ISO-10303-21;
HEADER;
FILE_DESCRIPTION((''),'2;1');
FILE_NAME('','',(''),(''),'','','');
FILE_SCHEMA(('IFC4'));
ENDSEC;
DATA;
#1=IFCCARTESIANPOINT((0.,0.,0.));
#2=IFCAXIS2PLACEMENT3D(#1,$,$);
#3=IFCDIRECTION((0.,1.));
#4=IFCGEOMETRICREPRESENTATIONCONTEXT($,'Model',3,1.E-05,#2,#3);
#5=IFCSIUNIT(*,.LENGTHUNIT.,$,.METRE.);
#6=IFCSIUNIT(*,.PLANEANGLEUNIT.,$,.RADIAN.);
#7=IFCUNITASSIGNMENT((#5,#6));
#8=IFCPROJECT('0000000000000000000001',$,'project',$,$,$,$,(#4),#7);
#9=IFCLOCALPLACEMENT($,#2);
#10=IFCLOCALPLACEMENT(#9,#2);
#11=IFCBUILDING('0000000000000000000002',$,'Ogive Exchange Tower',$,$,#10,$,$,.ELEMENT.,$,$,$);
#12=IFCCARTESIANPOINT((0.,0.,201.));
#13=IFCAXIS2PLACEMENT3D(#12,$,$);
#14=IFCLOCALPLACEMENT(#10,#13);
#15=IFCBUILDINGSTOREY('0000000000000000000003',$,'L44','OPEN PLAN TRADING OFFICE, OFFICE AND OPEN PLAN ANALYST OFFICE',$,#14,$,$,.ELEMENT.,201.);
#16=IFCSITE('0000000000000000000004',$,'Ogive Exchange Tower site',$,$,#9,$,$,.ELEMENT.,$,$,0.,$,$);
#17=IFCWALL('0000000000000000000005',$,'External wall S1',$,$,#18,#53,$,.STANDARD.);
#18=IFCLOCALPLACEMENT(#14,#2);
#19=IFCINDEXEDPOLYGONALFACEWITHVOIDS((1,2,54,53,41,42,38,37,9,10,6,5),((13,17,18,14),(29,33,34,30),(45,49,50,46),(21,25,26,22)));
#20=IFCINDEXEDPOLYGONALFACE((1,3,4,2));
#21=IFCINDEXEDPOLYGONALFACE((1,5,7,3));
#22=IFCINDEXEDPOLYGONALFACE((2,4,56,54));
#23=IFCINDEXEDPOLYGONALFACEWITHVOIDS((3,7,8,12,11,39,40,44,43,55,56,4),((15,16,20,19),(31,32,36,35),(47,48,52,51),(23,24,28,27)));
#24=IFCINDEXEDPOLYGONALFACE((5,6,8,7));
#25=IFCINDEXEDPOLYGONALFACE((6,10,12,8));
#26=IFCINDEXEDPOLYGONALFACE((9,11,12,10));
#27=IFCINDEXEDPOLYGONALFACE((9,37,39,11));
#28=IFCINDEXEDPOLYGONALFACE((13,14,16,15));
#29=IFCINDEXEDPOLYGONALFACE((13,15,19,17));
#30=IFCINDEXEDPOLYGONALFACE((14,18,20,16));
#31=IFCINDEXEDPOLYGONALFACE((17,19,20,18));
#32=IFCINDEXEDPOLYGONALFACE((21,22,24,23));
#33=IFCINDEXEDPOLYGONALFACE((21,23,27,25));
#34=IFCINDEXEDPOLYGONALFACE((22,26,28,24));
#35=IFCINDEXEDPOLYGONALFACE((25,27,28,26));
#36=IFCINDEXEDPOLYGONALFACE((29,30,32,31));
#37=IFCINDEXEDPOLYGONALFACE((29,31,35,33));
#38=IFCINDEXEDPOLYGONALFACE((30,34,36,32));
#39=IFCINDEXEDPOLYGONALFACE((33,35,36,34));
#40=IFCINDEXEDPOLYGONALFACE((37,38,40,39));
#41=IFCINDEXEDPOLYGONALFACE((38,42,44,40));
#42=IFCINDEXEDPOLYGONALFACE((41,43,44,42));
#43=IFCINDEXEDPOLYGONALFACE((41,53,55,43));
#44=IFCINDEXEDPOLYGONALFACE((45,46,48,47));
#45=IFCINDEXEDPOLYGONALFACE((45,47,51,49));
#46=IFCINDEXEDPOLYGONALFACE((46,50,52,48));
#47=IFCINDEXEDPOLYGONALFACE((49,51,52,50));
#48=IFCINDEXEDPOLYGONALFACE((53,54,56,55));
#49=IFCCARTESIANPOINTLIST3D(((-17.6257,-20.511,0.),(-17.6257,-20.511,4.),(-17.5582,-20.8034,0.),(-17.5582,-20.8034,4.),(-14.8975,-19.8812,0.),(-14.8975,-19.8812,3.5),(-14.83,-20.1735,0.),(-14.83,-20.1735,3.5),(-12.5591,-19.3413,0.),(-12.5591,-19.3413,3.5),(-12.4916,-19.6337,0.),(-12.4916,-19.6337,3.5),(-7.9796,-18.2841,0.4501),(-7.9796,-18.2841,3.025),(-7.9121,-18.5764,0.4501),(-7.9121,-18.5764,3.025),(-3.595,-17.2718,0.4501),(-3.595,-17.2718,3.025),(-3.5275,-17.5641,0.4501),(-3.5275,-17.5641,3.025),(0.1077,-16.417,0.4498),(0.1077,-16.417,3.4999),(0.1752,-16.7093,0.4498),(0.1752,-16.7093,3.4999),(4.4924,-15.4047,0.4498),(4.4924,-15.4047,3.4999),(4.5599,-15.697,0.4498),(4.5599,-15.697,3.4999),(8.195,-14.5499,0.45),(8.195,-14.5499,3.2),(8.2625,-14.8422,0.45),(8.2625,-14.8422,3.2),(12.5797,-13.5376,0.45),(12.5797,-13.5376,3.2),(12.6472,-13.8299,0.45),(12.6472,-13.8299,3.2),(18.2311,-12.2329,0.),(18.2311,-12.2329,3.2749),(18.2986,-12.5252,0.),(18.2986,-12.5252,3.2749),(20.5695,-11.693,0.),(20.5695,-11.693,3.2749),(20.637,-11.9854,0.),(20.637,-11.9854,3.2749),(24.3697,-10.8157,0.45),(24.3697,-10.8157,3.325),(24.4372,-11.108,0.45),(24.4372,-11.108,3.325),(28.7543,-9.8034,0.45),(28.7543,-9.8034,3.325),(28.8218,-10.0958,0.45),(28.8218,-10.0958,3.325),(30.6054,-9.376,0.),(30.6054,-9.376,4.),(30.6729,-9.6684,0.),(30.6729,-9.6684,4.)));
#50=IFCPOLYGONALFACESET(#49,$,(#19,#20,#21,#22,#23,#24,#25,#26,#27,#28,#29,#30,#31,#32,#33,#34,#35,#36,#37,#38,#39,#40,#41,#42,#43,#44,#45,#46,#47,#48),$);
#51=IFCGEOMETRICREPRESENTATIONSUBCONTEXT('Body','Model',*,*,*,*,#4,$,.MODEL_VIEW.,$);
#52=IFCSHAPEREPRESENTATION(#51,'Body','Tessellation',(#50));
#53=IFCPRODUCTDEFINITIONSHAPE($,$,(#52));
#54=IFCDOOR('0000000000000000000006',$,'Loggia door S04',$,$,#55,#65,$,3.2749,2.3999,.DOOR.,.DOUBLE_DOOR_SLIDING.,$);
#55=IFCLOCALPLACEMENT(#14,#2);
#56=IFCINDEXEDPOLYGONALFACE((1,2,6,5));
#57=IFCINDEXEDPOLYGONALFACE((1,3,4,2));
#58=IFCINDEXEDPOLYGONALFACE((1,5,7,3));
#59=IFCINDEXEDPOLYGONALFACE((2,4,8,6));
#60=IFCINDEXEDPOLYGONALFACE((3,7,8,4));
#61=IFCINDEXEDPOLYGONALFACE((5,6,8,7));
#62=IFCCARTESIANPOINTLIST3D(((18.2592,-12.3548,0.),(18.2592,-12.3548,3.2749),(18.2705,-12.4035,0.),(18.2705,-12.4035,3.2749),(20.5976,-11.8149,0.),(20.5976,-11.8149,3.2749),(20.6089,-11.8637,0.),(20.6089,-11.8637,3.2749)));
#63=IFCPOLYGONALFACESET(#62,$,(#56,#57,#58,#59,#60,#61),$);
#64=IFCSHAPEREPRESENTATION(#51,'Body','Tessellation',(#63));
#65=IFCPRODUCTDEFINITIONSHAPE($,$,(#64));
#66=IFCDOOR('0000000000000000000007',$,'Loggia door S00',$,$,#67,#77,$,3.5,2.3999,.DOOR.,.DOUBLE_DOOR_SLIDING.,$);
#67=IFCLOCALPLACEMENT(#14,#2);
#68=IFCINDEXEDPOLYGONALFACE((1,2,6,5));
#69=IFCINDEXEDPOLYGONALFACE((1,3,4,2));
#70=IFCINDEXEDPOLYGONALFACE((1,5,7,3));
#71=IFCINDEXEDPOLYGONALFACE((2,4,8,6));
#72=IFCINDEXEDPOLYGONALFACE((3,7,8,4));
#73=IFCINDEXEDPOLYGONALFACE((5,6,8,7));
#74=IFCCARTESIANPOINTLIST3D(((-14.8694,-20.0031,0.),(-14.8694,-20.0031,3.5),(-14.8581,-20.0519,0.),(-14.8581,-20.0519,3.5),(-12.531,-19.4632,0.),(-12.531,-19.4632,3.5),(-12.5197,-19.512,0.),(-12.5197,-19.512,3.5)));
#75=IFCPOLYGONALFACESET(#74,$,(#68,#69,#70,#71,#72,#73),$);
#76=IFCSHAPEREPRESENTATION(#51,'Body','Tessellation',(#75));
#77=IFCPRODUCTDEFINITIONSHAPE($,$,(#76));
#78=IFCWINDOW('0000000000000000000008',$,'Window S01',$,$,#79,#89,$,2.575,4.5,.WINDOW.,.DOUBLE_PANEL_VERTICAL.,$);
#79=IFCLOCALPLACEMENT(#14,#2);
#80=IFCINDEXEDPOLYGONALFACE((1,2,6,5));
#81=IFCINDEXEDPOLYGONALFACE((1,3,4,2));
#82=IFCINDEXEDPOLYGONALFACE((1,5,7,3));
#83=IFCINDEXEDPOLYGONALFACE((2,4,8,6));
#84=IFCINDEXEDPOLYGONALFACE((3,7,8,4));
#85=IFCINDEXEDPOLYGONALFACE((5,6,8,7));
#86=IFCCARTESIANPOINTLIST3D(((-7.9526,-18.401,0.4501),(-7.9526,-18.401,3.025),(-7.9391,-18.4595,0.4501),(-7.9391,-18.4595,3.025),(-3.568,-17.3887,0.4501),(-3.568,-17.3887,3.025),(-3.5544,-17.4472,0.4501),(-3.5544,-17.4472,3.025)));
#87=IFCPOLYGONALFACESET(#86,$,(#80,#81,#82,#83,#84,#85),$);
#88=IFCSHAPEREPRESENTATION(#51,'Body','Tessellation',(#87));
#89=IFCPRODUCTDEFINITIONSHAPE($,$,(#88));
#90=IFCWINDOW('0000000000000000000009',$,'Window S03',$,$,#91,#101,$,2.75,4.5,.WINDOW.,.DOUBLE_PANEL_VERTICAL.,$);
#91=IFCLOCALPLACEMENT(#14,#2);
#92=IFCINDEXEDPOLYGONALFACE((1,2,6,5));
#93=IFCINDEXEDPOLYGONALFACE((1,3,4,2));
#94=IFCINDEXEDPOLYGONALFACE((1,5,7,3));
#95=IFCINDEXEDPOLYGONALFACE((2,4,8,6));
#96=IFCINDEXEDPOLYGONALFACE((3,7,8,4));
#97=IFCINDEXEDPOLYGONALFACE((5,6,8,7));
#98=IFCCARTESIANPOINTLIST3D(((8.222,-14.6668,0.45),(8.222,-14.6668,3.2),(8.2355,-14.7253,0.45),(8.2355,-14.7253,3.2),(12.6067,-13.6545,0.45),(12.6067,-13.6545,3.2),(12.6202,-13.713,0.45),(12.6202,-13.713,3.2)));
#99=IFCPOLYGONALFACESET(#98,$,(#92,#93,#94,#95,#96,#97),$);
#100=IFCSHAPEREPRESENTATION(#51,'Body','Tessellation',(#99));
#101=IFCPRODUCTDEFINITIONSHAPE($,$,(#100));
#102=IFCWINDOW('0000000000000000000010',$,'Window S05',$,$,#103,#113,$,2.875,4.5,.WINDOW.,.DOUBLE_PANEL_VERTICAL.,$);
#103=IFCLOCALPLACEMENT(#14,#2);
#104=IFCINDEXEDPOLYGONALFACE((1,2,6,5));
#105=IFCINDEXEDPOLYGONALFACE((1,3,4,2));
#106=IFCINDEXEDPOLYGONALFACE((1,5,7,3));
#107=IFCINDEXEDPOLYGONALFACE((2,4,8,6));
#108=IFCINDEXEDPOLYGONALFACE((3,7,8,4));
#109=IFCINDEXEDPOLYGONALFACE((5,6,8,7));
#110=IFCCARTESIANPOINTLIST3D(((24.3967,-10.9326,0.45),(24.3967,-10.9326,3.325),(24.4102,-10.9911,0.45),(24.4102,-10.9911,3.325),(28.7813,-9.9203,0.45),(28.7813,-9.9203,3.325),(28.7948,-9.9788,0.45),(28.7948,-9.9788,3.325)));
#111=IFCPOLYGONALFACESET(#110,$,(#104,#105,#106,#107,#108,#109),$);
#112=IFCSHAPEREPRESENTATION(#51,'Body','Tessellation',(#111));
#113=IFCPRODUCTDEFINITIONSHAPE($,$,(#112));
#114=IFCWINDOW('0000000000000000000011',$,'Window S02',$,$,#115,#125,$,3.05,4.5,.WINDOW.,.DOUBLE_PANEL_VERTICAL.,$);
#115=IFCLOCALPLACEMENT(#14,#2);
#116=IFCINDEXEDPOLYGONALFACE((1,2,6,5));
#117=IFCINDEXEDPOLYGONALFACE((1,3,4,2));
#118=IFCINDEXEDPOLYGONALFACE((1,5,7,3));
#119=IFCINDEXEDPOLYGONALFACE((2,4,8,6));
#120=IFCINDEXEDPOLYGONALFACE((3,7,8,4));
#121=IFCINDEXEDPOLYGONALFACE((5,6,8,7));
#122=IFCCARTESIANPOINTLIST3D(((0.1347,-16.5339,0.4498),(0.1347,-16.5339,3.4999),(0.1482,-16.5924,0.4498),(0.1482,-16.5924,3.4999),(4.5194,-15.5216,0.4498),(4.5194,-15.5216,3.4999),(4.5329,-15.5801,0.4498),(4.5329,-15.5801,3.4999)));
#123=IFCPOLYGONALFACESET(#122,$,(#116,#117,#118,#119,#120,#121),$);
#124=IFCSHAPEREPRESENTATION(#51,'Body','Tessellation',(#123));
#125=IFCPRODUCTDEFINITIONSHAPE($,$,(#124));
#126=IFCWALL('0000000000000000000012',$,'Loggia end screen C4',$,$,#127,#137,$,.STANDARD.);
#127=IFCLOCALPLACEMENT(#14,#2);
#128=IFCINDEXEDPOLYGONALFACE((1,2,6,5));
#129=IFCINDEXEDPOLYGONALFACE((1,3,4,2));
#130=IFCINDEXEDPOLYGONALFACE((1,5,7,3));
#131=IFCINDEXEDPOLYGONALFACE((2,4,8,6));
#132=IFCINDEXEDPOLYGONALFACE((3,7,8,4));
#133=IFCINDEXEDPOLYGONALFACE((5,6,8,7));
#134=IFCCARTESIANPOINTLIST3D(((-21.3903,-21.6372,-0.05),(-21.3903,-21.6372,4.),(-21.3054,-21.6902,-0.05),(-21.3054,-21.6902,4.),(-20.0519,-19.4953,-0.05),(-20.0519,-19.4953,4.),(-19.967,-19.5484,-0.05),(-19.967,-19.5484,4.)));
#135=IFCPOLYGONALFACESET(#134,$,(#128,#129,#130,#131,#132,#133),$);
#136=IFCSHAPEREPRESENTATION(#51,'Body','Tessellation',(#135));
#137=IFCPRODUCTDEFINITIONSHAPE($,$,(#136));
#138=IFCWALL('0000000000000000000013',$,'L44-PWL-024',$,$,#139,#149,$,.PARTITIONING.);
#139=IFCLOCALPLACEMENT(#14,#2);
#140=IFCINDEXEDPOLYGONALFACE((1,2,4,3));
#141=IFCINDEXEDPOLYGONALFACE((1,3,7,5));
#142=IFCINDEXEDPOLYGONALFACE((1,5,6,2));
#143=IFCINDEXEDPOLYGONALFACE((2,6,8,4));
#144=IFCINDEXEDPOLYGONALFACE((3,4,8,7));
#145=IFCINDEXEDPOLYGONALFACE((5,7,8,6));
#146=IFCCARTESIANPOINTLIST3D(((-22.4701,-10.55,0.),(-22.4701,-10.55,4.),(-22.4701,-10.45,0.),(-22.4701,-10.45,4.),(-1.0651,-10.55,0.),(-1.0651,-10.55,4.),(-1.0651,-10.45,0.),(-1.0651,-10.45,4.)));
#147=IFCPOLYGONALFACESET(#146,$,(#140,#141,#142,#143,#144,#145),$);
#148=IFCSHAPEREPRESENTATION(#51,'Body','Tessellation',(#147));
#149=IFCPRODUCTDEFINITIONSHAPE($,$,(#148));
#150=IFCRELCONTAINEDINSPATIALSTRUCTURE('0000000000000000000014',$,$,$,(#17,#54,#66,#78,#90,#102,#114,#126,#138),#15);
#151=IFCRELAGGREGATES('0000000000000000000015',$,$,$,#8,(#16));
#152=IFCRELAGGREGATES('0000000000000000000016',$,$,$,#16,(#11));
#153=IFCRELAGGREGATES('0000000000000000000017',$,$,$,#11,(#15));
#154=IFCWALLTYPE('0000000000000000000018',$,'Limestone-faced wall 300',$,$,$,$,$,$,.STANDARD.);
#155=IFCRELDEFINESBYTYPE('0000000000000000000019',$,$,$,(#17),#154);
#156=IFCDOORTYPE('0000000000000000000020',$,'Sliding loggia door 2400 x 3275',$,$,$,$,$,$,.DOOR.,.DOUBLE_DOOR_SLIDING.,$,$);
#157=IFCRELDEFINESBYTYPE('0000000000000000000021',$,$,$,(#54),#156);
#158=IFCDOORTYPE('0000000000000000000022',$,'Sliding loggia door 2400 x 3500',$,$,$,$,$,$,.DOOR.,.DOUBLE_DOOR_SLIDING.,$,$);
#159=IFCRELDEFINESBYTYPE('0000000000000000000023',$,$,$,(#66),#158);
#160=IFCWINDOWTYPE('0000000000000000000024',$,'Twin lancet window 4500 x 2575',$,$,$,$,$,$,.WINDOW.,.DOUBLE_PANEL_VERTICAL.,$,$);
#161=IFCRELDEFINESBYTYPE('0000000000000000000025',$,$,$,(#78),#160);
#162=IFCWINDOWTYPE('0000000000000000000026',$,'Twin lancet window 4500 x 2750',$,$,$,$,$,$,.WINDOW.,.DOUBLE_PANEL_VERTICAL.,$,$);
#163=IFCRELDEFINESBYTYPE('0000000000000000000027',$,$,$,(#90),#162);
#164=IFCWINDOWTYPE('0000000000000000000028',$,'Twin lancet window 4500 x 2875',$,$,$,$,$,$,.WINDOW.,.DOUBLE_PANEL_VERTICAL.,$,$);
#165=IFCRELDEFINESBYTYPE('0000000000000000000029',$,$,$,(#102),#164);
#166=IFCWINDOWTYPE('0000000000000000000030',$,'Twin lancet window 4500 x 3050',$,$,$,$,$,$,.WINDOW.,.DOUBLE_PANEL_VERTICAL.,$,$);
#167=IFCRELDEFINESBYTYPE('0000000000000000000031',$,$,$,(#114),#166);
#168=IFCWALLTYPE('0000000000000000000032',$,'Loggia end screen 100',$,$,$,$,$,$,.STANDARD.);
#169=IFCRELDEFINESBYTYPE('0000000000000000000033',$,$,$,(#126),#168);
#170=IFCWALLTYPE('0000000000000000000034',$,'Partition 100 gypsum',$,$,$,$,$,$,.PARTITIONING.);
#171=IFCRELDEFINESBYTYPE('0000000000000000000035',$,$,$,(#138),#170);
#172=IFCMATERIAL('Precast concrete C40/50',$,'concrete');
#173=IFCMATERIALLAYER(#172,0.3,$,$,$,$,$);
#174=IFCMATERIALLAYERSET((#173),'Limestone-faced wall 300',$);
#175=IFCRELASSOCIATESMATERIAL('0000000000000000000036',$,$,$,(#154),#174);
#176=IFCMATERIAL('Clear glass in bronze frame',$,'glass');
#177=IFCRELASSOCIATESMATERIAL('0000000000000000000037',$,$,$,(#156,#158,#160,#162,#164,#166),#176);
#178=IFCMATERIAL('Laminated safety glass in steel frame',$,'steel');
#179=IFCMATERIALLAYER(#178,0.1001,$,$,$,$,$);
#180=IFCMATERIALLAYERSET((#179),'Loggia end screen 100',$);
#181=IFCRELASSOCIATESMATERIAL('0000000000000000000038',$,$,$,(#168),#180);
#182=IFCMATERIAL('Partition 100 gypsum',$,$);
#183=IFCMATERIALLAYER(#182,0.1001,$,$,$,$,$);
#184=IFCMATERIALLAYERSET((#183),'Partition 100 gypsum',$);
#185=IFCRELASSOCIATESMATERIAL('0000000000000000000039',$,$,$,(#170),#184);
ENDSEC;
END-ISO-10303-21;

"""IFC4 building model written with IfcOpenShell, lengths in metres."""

from ifc_helpers import new_model, si_unit, direction, frame, frame_2d, origin, place, context, subcontext, project, spatial, rectangle, extrude, material, layer, layer_set, type_object, element, fill, save


model = new_model("IFC4")

# Units and contexts
model_context = context("Model", 3, precision=1e-05, world=origin(), true_north=direction((0.0, 1.0)))
body_context = subcontext(model_context, "Body", "Model", "MODEL_VIEW")
ifc_project = project(units=[si_unit("LENGTHUNIT", "METRE"), si_unit("PLANEANGLEUNIT", "RADIAN")], contexts=[model_context])

# Site, building, storey
site_placement = place(None, origin())
site = spatial("IfcSite", under=ifc_project, at=site_placement, Name="Ogive Exchange Tower site", CompositionType="ELEMENT", RefElevation=0.0)
building_placement = place(site_placement, origin())
building = spatial("IfcBuilding", under=site, at=building_placement, Name="Ogive Exchange Tower", CompositionType="ELEMENT")
storey_placement = place(building_placement, frame((0.0, 0.0, 201.0)))
storey = spatial("IfcBuildingStorey", under=building, at=storey_placement, Name="L44", Description="OPEN PLAN TRADING OFFICE, OFFICE AND OPEN PLAN ANALYST OFFICE", CompositionType="ELEMENT", Elevation=201.0)

# Wall, openings, doors, windows
ifc_material_1 = material(Name="Precast concrete C40/50", Category="concrete")
ifc_layer_1 = layer(ifc_material_1, 0.3)
ifc_layer_set_1 = layer_set([ifc_layer_1], Name="Limestone-faced wall 300")
wall_type_1 = type_object("IfcWallType", Name="Limestone-faced wall 300", PredefinedType="STANDARD", material=ifc_layer_set_1)
wall_1_placement = place(storey_placement, frame((-17.592, -20.6572, 0.0), z_axis=(0.0, 0.0, 1.0), x_axis=(0.97437, 0.22495, 0.0)))
wall_1 = element("IfcWall", 1, at=wall_1_placement, inside=storey, type_object=wall_type_1, Name="External wall S1", PredefinedType="STANDARD", context=body_context, shape_type="SweptSolid", body=[
    extrude(rectangle(XDim=49.4998, YDim=0.3, at=frame_2d((24.75, 0.0))), origin(), (0.0, 0.0, 1.0), 4.0),
])
opening_1_placement = place(wall_1_placement, frame((2.8, 0.0, 0.0)))
opening_1 = element("IfcOpeningElement", 2, at=opening_1_placement, cuts=wall_1, PredefinedType="OPENING", context=body_context, shape_type="SweptSolid", body=[
    extrude(rectangle(XDim=2.3999, YDim=3.5, at=frame_2d((1.2, 1.75))), frame((0.0, 0.1599, 0.0), z_axis=(0.0, -1.0, 0.0), x_axis=(1.0, 0.0, 0.0)), (0.0, 0.0, 1.0), 0.3201),
])
opening_2_placement = place(wall_1_placement, frame((9.8999, 0.0, 0.45)))
opening_2 = element("IfcOpeningElement", 3, at=opening_2_placement, cuts=wall_1, PredefinedType="OPENING", context=body_context, shape_type="SweptSolid", body=[
    extrude(rectangle(XDim=4.5, YDim=2.575, at=frame_2d((2.25, 1.2876))), frame((0.0, 0.1599, 0.0), z_axis=(0.0, -1.0, 0.0), x_axis=(1.0, 0.0, 0.0)), (0.0, 0.0, 1.0), 0.3201),
])
opening_3_placement = place(wall_1_placement, frame((18.2, 0.0, 0.45)))
opening_3 = element("IfcOpeningElement", 4, at=opening_3_placement, cuts=wall_1, PredefinedType="OPENING", context=body_context, shape_type="SweptSolid", body=[
    extrude(rectangle(XDim=4.5, YDim=3.05, at=frame_2d((2.25, 1.5249))), frame((0.0, 0.1599, 0.0), z_axis=(0.0, -1.0, 0.0), x_axis=(1.0, 0.0, 0.0)), (0.0, 0.0, 1.0), 0.3201),
])
opening_4_placement = place(wall_1_placement, frame((26.5, 0.0, 0.45)))
opening_4 = element("IfcOpeningElement", 5, at=opening_4_placement, cuts=wall_1, PredefinedType="OPENING", context=body_context, shape_type="SweptSolid", body=[
    extrude(rectangle(XDim=4.5, YDim=2.75, at=frame_2d((2.25, 1.375))), frame((0.0, 0.1599, 0.0), z_axis=(0.0, -1.0, 0.0), x_axis=(1.0, 0.0, 0.0)), (0.0, 0.0, 1.0), 0.3201),
])
opening_5_placement = place(wall_1_placement, frame((36.8, 0.0, 0.0)))
opening_5 = element("IfcOpeningElement", 6, at=opening_5_placement, cuts=wall_1, PredefinedType="OPENING", context=body_context, shape_type="SweptSolid", body=[
    extrude(rectangle(XDim=2.3999, YDim=3.2749, at=frame_2d((1.2, 1.6375))), frame((0.0, 0.1599, 0.0), z_axis=(0.0, -1.0, 0.0), x_axis=(1.0, 0.0, 0.0)), (0.0, 0.0, 1.0), 0.3201),
])
opening_6_placement = place(wall_1_placement, frame((43.1001, 0.0, 0.45)))
opening_6 = element("IfcOpeningElement", 7, at=opening_6_placement, cuts=wall_1, PredefinedType="OPENING", context=body_context, shape_type="SweptSolid", body=[
    extrude(rectangle(XDim=4.5, YDim=2.875, at=frame_2d((2.25, 1.4375))), frame((0.0, 0.1599, 0.0), z_axis=(0.0, -1.0, 0.0), x_axis=(1.0, 0.0, 0.0)), (0.0, 0.0, 1.0), 0.3201),
])
ifc_material_2 = material(Name="Clear glass in bronze frame", Category="glass")
door_type_1 = type_object("IfcDoorType", Name="Sliding loggia door 2400 x 3275", OperationType="DOUBLE_DOOR_SLIDING", PredefinedType="DOOR", material=ifc_material_2)
door_1_placement = place(opening_5_placement, origin())
door_1 = element("IfcDoor", 8, at=door_1_placement, inside=storey, type_object=door_type_1, Name="Loggia door S04", OperationType="DOUBLE_DOOR_SLIDING", OverallHeight=3.2749, OverallWidth=2.3999, PredefinedType="DOOR", context=body_context, shape_type="SweptSolid", body=[
    extrude(rectangle(XDim=2.3999, YDim=3.2749, at=frame_2d((1.2, 1.6375))), frame((0.0, 0.0249, 0.0), z_axis=(0.0, -1.0, 0.0), x_axis=(1.0, 0.0, 0.0)), (0.0, 0.0, 1.0), 0.05),
])
fill(opening_5, door_1)
door_type_2 = type_object("IfcDoorType", Name="Sliding loggia door 2400 x 3500", OperationType="DOUBLE_DOOR_SLIDING", PredefinedType="DOOR", material=ifc_material_2)
door_2_placement = place(opening_1_placement, origin())
door_2 = element("IfcDoor", 9, at=door_2_placement, inside=storey, type_object=door_type_2, Name="Loggia door S00", OperationType="DOUBLE_DOOR_SLIDING", OverallHeight=3.5, OverallWidth=2.3999, PredefinedType="DOOR", context=body_context, shape_type="SweptSolid", body=[
    extrude(rectangle(XDim=2.3999, YDim=3.5, at=frame_2d((1.2, 1.75))), frame((0.0, 0.0249, 0.0), z_axis=(0.0, -1.0, 0.0), x_axis=(1.0, 0.0, 0.0)), (0.0, 0.0, 1.0), 0.05),
])
fill(opening_1, door_2)
window_type_1 = type_object("IfcWindowType", Name="Twin lancet window 4500 x 2575", PartitioningType="DOUBLE_PANEL_VERTICAL", PredefinedType="WINDOW", material=ifc_material_2)
window_1_placement = place(opening_2_placement, origin())
window_1 = element("IfcWindow", 10, at=window_1_placement, inside=storey, type_object=window_type_1, Name="Window S01", OverallHeight=2.575, OverallWidth=4.5, PartitioningType="DOUBLE_PANEL_VERTICAL", PredefinedType="WINDOW", context=body_context, shape_type="SweptSolid", body=[
    extrude(rectangle(XDim=4.5, YDim=2.575, at=frame_2d((2.25, 1.2876))), frame((0.0, 0.03, 0.0), z_axis=(0.0, -1.0, 0.0), x_axis=(1.0, 0.0, 0.0)), (0.0, 0.0, 1.0), 0.0601),
])
fill(opening_2, window_1)
window_type_2 = type_object("IfcWindowType", Name="Twin lancet window 4500 x 2750", PartitioningType="DOUBLE_PANEL_VERTICAL", PredefinedType="WINDOW", material=ifc_material_2)
window_2_placement = place(opening_4_placement, origin())
window_2 = element("IfcWindow", 11, at=window_2_placement, inside=storey, type_object=window_type_2, Name="Window S03", OverallHeight=2.75, OverallWidth=4.5, PartitioningType="DOUBLE_PANEL_VERTICAL", PredefinedType="WINDOW", context=body_context, shape_type="SweptSolid", body=[
    extrude(rectangle(XDim=4.5, YDim=2.75, at=frame_2d((2.25, 1.375))), frame((0.0, 0.03, 0.0), z_axis=(0.0, -1.0, 0.0), x_axis=(1.0, 0.0, 0.0)), (0.0, 0.0, 1.0), 0.0601),
])
fill(opening_4, window_2)
window_type_3 = type_object("IfcWindowType", Name="Twin lancet window 4500 x 2875", PartitioningType="DOUBLE_PANEL_VERTICAL", PredefinedType="WINDOW", material=ifc_material_2)
window_3_placement = place(opening_6_placement, origin())
window_3 = element("IfcWindow", 12, at=window_3_placement, inside=storey, type_object=window_type_3, Name="Window S05", OverallHeight=2.875, OverallWidth=4.5, PartitioningType="DOUBLE_PANEL_VERTICAL", PredefinedType="WINDOW", context=body_context, shape_type="SweptSolid", body=[
    extrude(rectangle(XDim=4.5, YDim=2.875, at=frame_2d((2.25, 1.4375))), frame((0.0, 0.03, 0.0), z_axis=(0.0, -1.0, 0.0), x_axis=(1.0, 0.0, 0.0)), (0.0, 0.0, 1.0), 0.0601),
])
fill(opening_6, window_3)
window_type_4 = type_object("IfcWindowType", Name="Twin lancet window 4500 x 3050", PartitioningType="DOUBLE_PANEL_VERTICAL", PredefinedType="WINDOW", material=ifc_material_2)
window_4_placement = place(opening_3_placement, origin())
window_4 = element("IfcWindow", 13, at=window_4_placement, inside=storey, type_object=window_type_4, Name="Window S02", OverallHeight=3.05, OverallWidth=4.5, PartitioningType="DOUBLE_PANEL_VERTICAL", PredefinedType="WINDOW", context=body_context, shape_type="SweptSolid", body=[
    extrude(rectangle(XDim=4.5, YDim=3.05, at=frame_2d((2.25, 1.5249))), frame((0.0, 0.03, 0.0), z_axis=(0.0, -1.0, 0.0), x_axis=(1.0, 0.0, 0.0)), (0.0, 0.0, 1.0), 0.0601),
])
fill(opening_3, window_4)

# Walls
ifc_material_3 = material(Name="Laminated safety glass in steel frame", Category="steel")
ifc_layer_2 = layer(ifc_material_3, 0.1001)
ifc_layer_set_2 = layer_set([ifc_layer_2], Name="Loggia end screen 100")
wall_type_2 = type_object("IfcWallType", Name="Loggia end screen 100", PredefinedType="STANDARD", material=ifc_layer_set_2)
wall_2_placement = place(storey_placement, frame((-20.0095, -19.522, -0.05), z_axis=(0.0, 0.0, 1.0), x_axis=(-0.529921, -0.848047, 0.0)))
element("IfcWall", 14, at=wall_2_placement, inside=storey, type_object=wall_type_2, Name="Loggia end screen C4", PredefinedType="STANDARD", context=body_context, shape_type="SweptSolid", body=[
    extrude(rectangle(XDim=2.5256, YDim=0.1001, at=frame_2d((1.2627, 0.0))), origin(), (0.0, 0.0, 1.0), 4.05),
])
ifc_material_4 = material(Name="Partition 100 gypsum")
ifc_layer_3 = layer(ifc_material_4, 0.1001)
ifc_layer_set_3 = layer_set([ifc_layer_3], Name="Partition 100 gypsum")
wall_type_3 = type_object("IfcWallType", Name="Partition 100 gypsum", PredefinedType="PARTITIONING", material=ifc_layer_set_3)
wall_3_placement = place(storey_placement, frame((-1.0649, -10.5, 0.0), z_axis=(0.0, 0.0, 1.0), x_axis=(-1.0, 0.0, 0.0)))
element("IfcWall", 15, at=wall_3_placement, inside=storey, type_object=wall_type_3, Name="L44-PWL-024", PredefinedType="PARTITIONING", context=body_context, shape_type="SweptSolid", body=[
    extrude(rectangle(XDim=21.405, YDim=0.1001, at=frame_2d((10.7026, 0.0))), origin(), (0.0, 0.0, 1.0), 4.0),
])

save(model, "model.ifc")
